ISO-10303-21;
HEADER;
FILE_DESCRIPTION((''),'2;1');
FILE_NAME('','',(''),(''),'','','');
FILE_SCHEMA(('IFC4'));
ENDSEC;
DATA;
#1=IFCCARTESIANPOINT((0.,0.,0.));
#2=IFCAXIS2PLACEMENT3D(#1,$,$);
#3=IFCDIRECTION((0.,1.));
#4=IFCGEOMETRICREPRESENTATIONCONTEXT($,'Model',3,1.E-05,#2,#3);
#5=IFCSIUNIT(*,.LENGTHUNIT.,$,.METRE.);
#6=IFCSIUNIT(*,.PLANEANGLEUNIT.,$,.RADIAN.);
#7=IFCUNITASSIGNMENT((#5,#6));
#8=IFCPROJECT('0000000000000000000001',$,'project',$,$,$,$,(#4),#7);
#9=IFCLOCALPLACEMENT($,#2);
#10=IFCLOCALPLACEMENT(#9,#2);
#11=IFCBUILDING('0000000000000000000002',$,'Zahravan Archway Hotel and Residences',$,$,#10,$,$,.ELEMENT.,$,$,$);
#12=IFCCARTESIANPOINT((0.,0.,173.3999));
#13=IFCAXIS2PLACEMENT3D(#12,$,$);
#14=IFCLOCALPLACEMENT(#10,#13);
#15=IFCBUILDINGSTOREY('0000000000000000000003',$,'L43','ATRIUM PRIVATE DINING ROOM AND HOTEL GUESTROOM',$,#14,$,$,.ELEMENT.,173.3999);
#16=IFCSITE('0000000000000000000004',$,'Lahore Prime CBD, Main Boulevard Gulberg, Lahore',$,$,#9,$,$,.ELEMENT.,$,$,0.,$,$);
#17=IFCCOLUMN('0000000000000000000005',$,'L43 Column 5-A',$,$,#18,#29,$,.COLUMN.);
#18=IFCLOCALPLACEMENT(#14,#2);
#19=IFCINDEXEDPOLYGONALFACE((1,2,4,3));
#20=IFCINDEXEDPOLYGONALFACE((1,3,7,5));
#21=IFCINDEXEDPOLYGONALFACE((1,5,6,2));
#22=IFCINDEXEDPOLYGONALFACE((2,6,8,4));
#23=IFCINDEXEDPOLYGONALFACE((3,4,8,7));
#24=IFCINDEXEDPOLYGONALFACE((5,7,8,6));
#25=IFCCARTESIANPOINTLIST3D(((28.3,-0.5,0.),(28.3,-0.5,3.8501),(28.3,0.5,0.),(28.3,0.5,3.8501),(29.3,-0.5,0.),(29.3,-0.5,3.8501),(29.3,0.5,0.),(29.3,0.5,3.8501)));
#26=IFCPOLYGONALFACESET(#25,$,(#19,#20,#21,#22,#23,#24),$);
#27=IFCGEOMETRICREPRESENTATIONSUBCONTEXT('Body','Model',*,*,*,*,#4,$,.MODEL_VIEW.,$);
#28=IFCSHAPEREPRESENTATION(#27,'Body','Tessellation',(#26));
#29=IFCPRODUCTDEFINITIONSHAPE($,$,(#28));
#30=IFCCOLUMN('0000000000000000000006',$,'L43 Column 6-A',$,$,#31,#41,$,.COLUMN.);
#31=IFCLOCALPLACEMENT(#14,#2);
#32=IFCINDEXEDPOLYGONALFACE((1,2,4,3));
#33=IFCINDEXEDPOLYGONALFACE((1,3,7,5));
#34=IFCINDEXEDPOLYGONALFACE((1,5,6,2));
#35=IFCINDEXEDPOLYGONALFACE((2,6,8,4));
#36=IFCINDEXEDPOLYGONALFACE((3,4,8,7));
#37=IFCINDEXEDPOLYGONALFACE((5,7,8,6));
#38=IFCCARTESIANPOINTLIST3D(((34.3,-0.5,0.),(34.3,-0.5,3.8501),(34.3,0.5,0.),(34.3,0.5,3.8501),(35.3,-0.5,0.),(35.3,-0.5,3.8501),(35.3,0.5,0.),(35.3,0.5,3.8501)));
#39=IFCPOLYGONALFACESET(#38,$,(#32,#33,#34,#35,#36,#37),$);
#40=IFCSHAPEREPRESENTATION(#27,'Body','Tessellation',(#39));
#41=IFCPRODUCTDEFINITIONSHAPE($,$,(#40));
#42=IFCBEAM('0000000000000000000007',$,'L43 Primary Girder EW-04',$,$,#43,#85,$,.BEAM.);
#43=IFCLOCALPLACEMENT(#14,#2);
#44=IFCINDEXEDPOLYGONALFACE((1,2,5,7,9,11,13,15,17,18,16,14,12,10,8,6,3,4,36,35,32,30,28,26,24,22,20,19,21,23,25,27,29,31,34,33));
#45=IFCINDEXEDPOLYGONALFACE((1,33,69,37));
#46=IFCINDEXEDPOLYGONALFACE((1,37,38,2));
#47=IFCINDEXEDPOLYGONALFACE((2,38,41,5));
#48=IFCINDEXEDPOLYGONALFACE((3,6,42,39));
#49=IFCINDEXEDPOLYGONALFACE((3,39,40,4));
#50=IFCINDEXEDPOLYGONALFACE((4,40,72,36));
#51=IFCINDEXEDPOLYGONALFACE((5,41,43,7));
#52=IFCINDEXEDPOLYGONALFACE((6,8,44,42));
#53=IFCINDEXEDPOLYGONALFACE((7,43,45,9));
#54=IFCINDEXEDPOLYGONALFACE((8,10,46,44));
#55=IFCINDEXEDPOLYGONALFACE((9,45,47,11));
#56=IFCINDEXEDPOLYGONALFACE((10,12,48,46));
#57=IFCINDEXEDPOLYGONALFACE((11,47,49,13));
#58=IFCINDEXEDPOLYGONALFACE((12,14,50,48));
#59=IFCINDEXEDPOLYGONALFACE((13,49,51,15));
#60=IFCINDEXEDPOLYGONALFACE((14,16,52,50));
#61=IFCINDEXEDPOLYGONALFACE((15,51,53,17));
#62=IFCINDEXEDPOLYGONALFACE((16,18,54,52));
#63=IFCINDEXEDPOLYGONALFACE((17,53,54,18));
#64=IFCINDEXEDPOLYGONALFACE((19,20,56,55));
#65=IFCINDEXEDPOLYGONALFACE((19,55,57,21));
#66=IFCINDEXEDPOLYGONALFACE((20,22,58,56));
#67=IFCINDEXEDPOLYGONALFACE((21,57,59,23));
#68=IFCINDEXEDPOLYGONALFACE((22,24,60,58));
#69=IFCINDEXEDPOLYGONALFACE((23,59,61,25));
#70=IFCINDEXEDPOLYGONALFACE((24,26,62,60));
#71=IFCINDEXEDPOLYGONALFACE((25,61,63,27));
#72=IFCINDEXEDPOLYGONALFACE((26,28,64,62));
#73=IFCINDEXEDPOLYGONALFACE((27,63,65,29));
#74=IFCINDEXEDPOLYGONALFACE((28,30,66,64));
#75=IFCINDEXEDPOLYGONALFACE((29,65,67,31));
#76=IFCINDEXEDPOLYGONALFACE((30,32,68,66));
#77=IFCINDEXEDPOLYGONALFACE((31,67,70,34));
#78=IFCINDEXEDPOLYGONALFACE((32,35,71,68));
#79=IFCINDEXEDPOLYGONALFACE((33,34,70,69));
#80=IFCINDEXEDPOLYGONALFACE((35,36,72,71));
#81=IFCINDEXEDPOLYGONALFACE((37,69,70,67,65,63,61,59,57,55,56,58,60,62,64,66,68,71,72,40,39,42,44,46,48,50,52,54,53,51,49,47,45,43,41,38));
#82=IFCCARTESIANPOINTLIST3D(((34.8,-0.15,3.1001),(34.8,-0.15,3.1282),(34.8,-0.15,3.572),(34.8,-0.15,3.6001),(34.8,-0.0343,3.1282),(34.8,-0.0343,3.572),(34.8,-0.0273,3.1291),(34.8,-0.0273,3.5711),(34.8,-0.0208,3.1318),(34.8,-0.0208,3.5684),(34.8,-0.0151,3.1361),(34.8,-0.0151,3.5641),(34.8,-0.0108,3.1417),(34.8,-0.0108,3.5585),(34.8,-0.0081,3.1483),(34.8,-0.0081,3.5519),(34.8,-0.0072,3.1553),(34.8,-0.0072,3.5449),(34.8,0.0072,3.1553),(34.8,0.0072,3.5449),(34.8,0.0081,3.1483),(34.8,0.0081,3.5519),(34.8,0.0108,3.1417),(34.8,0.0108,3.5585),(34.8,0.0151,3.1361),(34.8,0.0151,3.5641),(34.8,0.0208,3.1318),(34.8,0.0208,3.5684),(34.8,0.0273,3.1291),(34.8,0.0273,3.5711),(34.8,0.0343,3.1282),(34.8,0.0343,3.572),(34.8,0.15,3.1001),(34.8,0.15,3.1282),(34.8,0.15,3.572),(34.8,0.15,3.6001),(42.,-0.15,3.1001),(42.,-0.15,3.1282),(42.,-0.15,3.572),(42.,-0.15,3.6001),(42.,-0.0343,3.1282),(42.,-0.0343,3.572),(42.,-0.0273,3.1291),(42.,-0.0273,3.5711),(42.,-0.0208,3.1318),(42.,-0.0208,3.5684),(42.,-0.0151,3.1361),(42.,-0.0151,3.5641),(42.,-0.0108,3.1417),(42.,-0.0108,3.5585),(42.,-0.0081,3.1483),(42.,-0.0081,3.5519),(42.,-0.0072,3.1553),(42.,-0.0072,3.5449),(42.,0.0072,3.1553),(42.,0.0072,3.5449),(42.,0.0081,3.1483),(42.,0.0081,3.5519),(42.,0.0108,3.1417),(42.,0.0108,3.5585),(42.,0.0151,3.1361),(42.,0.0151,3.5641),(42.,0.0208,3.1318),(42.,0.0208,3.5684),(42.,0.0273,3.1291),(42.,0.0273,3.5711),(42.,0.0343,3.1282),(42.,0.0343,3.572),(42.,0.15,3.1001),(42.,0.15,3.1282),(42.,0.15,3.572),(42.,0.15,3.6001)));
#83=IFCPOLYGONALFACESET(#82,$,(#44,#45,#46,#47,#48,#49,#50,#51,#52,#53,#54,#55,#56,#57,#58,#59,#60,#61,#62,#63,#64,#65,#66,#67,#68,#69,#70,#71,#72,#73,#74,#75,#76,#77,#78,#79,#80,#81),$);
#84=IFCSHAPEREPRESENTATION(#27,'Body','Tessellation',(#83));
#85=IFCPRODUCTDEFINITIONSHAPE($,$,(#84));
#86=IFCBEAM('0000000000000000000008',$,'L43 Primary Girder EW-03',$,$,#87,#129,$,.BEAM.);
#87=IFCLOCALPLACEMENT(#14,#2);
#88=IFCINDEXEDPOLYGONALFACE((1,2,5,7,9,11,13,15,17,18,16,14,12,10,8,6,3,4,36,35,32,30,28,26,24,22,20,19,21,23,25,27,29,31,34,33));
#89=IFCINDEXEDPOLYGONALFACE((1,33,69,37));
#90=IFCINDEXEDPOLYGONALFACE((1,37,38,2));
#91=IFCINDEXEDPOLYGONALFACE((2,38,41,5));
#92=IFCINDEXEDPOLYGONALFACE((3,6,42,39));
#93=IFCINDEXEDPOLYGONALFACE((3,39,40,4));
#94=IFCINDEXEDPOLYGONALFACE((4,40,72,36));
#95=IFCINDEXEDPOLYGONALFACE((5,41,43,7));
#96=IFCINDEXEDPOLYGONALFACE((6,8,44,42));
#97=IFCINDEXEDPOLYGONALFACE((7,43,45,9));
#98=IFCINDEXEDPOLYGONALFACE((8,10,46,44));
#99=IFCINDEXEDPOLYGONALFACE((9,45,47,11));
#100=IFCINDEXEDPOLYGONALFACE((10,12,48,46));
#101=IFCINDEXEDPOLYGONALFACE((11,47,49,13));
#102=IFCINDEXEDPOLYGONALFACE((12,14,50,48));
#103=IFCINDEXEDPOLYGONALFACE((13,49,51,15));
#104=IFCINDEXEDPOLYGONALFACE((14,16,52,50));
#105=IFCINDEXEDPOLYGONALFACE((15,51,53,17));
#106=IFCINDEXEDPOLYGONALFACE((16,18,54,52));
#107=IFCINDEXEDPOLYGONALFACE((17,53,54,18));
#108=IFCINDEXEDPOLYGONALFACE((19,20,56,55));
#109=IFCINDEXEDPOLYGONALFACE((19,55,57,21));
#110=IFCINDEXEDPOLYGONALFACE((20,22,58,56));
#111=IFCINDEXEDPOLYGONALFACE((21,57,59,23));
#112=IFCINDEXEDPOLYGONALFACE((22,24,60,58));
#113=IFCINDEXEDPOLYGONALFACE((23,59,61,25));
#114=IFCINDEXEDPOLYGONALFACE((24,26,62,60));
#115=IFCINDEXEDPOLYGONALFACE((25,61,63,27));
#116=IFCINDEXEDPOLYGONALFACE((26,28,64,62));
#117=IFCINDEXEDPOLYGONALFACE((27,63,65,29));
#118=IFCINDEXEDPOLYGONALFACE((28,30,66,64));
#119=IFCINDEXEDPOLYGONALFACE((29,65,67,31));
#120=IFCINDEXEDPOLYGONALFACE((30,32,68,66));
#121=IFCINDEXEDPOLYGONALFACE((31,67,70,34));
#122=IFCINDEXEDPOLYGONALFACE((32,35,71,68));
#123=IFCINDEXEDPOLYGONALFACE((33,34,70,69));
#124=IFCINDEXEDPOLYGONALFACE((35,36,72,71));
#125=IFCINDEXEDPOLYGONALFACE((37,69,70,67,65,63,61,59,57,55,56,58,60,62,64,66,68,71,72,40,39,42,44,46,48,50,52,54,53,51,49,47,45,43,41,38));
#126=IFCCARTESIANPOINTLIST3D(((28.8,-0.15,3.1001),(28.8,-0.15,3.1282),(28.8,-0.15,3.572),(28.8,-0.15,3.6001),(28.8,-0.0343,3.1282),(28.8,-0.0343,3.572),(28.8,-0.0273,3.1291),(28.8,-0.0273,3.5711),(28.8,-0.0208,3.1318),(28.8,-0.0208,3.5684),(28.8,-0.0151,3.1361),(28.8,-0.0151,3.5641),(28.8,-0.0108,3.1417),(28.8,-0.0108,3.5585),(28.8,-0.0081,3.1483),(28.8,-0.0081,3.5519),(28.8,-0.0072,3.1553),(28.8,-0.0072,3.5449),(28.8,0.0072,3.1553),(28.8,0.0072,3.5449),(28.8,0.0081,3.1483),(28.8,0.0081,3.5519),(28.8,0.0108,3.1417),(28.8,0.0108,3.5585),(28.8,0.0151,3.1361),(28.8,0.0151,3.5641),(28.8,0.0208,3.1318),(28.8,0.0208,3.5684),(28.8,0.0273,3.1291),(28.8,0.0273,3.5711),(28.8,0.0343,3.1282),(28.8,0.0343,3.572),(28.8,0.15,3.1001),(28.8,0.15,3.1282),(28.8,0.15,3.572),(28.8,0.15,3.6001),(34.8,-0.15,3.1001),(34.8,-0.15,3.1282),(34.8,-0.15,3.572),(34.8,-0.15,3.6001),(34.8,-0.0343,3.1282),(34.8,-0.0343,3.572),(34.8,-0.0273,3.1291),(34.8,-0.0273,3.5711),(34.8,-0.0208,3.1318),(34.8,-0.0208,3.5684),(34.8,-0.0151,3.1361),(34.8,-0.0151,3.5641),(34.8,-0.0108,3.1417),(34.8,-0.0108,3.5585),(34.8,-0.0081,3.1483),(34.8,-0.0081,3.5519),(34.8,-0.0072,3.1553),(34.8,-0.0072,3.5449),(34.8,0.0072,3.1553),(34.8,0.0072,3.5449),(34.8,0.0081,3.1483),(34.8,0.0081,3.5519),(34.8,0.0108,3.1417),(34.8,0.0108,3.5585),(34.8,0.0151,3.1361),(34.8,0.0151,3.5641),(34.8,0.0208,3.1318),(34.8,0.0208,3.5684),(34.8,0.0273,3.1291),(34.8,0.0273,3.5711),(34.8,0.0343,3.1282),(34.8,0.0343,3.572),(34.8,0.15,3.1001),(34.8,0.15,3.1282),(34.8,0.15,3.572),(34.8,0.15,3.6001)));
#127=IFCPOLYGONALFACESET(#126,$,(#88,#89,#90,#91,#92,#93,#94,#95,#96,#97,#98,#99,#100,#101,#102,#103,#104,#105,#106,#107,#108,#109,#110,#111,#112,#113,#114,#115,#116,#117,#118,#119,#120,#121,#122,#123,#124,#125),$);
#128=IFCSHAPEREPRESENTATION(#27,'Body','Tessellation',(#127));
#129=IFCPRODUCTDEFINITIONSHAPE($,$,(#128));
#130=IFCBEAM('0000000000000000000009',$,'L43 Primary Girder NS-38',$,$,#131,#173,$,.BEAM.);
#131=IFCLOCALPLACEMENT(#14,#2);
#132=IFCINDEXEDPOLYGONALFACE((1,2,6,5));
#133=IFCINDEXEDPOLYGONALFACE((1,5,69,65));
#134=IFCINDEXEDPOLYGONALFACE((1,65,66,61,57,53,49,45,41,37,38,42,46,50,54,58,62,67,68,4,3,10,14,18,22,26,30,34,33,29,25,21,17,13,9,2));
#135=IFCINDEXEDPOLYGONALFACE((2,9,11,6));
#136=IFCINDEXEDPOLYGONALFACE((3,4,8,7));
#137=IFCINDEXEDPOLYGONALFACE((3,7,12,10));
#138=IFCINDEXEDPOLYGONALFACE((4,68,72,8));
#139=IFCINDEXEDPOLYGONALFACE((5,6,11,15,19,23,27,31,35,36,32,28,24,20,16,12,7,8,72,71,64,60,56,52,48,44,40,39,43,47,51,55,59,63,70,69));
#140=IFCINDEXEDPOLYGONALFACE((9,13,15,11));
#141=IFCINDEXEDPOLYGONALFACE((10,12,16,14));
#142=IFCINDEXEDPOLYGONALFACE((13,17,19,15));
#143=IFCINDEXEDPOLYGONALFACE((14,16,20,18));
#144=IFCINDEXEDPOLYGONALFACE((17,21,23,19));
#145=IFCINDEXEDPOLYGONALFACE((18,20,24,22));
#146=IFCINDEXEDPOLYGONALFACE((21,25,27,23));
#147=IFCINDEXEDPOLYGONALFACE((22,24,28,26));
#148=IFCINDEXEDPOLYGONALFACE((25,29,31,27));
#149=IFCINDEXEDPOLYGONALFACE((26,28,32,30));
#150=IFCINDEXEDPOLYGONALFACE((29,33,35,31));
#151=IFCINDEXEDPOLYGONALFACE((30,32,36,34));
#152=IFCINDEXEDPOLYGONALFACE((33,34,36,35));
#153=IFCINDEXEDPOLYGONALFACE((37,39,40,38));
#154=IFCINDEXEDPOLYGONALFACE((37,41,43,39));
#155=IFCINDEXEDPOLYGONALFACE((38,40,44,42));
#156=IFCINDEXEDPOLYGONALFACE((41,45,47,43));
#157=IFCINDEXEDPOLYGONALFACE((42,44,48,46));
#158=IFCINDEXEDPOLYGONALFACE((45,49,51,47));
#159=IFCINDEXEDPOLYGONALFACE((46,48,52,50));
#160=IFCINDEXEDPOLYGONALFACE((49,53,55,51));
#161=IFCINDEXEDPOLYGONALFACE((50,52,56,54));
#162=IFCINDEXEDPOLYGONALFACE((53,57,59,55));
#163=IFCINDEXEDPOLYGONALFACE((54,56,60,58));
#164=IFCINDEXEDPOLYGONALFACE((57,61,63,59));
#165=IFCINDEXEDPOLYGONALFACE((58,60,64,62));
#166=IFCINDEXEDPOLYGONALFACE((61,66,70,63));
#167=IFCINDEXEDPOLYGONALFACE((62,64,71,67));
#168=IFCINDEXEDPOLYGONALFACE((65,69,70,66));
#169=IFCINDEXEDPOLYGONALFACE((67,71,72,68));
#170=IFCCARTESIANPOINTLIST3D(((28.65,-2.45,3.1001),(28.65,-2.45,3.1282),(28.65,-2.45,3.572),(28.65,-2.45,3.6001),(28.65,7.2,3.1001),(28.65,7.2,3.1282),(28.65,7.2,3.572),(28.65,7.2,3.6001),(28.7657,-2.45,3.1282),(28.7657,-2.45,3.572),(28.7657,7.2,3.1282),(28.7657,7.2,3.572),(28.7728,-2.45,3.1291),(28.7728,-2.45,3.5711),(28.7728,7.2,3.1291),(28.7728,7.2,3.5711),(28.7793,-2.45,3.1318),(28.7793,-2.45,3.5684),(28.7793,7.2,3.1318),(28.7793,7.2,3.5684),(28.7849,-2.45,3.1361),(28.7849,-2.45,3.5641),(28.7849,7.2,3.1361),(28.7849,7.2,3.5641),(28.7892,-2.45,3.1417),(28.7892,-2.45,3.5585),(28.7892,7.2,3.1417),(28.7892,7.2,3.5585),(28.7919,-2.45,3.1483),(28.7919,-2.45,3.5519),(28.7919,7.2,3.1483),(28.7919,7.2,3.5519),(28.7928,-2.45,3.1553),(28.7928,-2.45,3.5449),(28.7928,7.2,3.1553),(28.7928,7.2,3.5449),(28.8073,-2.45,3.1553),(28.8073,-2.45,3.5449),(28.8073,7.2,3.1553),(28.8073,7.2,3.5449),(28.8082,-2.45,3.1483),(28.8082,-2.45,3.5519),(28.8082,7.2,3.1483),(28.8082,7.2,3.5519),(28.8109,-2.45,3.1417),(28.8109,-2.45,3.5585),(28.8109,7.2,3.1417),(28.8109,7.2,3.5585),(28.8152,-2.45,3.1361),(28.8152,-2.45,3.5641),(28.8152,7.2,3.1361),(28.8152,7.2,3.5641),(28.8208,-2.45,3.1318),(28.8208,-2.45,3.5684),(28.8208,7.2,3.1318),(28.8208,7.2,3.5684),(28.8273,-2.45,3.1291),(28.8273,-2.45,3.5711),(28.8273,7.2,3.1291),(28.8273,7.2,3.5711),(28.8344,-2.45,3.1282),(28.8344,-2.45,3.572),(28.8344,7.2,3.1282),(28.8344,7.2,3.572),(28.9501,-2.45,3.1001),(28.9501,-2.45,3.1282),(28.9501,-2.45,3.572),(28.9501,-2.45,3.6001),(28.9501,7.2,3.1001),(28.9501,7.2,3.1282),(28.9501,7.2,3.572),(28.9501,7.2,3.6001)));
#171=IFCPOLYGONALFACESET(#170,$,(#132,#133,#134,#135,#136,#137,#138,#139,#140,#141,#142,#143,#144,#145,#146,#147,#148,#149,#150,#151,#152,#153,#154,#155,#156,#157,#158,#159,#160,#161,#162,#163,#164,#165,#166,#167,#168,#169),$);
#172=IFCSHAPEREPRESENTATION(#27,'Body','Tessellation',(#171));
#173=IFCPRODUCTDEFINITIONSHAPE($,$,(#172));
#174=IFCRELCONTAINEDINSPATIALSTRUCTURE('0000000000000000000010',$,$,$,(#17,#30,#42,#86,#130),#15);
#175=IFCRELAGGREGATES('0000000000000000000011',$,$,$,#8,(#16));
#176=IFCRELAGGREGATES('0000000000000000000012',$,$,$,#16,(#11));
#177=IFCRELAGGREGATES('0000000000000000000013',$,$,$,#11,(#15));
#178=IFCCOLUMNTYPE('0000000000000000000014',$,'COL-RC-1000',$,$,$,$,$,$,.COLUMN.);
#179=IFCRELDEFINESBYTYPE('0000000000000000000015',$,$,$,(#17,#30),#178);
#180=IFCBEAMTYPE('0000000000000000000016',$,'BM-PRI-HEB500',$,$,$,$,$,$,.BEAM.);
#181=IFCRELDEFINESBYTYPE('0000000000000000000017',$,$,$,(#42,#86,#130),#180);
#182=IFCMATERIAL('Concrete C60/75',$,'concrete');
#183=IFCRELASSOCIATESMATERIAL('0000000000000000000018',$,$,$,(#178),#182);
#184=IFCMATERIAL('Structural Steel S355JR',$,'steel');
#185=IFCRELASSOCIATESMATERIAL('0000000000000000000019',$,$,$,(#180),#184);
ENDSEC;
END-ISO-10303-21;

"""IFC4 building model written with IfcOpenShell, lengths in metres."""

from ifc_helpers import new_model, si_unit, direction, frame, origin, origin_2d, place, context, subcontext, project, spatial, rectangle, i_section, extrude, source, transform, mapped, material, material_profile, profile_set, type_object, element, save


model = new_model("IFC4")

# Units and contexts
model_context = context("Model", 3, precision=1e-05, world=origin(), true_north=direction((0.0, 1.0)))
body_context = subcontext(model_context, "Body", "Model", "MODEL_VIEW")
ifc_project = project(units=[si_unit("LENGTHUNIT", "METRE"), si_unit("PLANEANGLEUNIT", "RADIAN")], contexts=[model_context])

# Site, building, storey
site_placement = place(None, origin())
site = spatial("IfcSite", under=ifc_project, at=site_placement, Name="Lahore Prime CBD, Main Boulevard Gulberg, Lahore", CompositionType="ELEMENT", RefElevation=0.0)
building_placement = place(site_placement, origin())
building = spatial("IfcBuilding", under=site, at=building_placement, Name="Zahravan Archway Hotel and Residences", CompositionType="ELEMENT")
storey_placement = place(building_placement, frame((0.0, 0.0, 173.3999)))
storey = spatial("IfcBuildingStorey", under=building, at=storey_placement, Name="L43", Description="ATRIUM PRIVATE DINING ROOM AND HOTEL GUESTROOM", CompositionType="ELEMENT", Elevation=173.3999)

# Columns
ifc_material_1 = material(Name="Concrete C60/75", Category="concrete")
ifc_material_profile_1 = material_profile(ifc_material_1, rectangle(XDim=1.0, YDim=1.0, at=origin_2d()), Name="RC-COL-1000x1000", Category="concrete")
ifc_profile_set_1 = profile_set([ifc_material_profile_1], Name="Concrete C60/75")
column_type = type_object("IfcColumnType", Name="COL-RC-1000", PredefinedType="COLUMN", material=ifc_profile_set_1)
shared_shape_1 = source(origin(), body_context, "Body", "SweptSolid", [
    extrude(rectangle(XDim=1.0, YDim=1.0, at=origin_2d()), origin(), (0.0, 0.0, 1.0), 3.8501),
])
for number, where, z_axis, x_axis, name in (
    (1, (28.8, 0.0, 0.0), (0.0, 0.0, 1.0), (1.0, 0.0, 0.0), "L43 Column 5-A"),
    (2, (34.8, 0.0, 0.0), (0.0, 0.0, 1.0), (1.0, 0.0, 0.0), "L43 Column 6-A"),
):
    element("IfcColumn", number, at=place(storey_placement, frame(where, z_axis=z_axis, x_axis=x_axis)), inside=storey, type_object=column_type, Name=name, PredefinedType="COLUMN", context=body_context, shape_type="MappedRepresentation", body=[
        mapped(shared_shape_1, transform((0.0, 0.0, 0.0), scale=1.0)),
    ])

# Beams
ifc_material_2 = material(Name="Structural Steel S355JR", Category="steel")
ifc_material_profile_2 = material_profile(ifc_material_2, i_section(OverallWidth=0.3, OverallDepth=0.5, WebThickness=0.0144, FlangeThickness=0.0281, FilletRadius=0.0271, at=origin_2d()), Name="HEB 500", Category="steel")
ifc_profile_set_2 = profile_set([ifc_material_profile_2], Name="Structural Steel S355JR")
beam_type_1 = type_object("IfcBeamType", Name="BM-PRI-HEB500", PredefinedType="BEAM", material=ifc_profile_set_2)
shared_shape_2 = source(origin(), body_context, "Body", "SweptSolid", [
    extrude(i_section(OverallWidth=0.3, OverallDepth=0.5, WebThickness=0.0144, FlangeThickness=0.0281, FilletRadius=0.0271, at=origin_2d()), origin(), (0.0, 0.0, 1.0), 7.2),
])
beam_1_placement = place(storey_placement, frame((34.8, 0.0, 3.3501), z_axis=(1.0, 0.0, 0.0), x_axis=(0.0, 1.0, 0.0)))
element("IfcBeam", 3, at=beam_1_placement, inside=storey, type_object=beam_type_1, Name="L43 Primary Girder EW-04", PredefinedType="BEAM", context=body_context, shape_type="MappedRepresentation", body=[
    mapped(shared_shape_2, transform((0.0, 0.0, 0.0), scale=1.0)),
])
shared_shape_3 = source(origin(), body_context, "Body", "SweptSolid", [
    extrude(i_section(OverallWidth=0.3, OverallDepth=0.5, WebThickness=0.0144, FlangeThickness=0.0281, FilletRadius=0.0271, at=origin_2d()), origin(), (0.0, 0.0, 1.0), 6.0),
])
beam_2_placement = place(storey_placement, frame((28.8, 0.0, 3.3501), z_axis=(1.0, 0.0, 0.0), x_axis=(0.0, 1.0, 0.0)))
element("IfcBeam", 4, at=beam_2_placement, inside=storey, type_object=beam_type_1, Name="L43 Primary Girder EW-03", PredefinedType="BEAM", context=body_context, shape_type="MappedRepresentation", body=[
    mapped(shared_shape_3, transform((0.0, 0.0, 0.0), scale=1.0)),
])
shared_shape_4 = source(origin(), body_context, "Body", "SweptSolid", [
    extrude(i_section(OverallWidth=0.3, OverallDepth=0.5, WebThickness=0.0144, FlangeThickness=0.0281, FilletRadius=0.0271, at=origin_2d()), origin(), (0.0, 0.0, 1.0), 9.6499),
])
beam_3_placement = place(storey_placement, frame((28.8, -2.45, 3.3501), z_axis=(0.0, 1.0, 0.0), x_axis=(-1.0, 0.0, 0.0)))
element("IfcBeam", 5, at=beam_3_placement, inside=storey, type_object=beam_type_1, Name="L43 Primary Girder NS-38", PredefinedType="BEAM", context=body_context, shape_type="MappedRepresentation", body=[
    mapped(shared_shape_4, transform((0.0, 0.0, 0.0), scale=1.0)),
])

save(model, "model.ifc")
